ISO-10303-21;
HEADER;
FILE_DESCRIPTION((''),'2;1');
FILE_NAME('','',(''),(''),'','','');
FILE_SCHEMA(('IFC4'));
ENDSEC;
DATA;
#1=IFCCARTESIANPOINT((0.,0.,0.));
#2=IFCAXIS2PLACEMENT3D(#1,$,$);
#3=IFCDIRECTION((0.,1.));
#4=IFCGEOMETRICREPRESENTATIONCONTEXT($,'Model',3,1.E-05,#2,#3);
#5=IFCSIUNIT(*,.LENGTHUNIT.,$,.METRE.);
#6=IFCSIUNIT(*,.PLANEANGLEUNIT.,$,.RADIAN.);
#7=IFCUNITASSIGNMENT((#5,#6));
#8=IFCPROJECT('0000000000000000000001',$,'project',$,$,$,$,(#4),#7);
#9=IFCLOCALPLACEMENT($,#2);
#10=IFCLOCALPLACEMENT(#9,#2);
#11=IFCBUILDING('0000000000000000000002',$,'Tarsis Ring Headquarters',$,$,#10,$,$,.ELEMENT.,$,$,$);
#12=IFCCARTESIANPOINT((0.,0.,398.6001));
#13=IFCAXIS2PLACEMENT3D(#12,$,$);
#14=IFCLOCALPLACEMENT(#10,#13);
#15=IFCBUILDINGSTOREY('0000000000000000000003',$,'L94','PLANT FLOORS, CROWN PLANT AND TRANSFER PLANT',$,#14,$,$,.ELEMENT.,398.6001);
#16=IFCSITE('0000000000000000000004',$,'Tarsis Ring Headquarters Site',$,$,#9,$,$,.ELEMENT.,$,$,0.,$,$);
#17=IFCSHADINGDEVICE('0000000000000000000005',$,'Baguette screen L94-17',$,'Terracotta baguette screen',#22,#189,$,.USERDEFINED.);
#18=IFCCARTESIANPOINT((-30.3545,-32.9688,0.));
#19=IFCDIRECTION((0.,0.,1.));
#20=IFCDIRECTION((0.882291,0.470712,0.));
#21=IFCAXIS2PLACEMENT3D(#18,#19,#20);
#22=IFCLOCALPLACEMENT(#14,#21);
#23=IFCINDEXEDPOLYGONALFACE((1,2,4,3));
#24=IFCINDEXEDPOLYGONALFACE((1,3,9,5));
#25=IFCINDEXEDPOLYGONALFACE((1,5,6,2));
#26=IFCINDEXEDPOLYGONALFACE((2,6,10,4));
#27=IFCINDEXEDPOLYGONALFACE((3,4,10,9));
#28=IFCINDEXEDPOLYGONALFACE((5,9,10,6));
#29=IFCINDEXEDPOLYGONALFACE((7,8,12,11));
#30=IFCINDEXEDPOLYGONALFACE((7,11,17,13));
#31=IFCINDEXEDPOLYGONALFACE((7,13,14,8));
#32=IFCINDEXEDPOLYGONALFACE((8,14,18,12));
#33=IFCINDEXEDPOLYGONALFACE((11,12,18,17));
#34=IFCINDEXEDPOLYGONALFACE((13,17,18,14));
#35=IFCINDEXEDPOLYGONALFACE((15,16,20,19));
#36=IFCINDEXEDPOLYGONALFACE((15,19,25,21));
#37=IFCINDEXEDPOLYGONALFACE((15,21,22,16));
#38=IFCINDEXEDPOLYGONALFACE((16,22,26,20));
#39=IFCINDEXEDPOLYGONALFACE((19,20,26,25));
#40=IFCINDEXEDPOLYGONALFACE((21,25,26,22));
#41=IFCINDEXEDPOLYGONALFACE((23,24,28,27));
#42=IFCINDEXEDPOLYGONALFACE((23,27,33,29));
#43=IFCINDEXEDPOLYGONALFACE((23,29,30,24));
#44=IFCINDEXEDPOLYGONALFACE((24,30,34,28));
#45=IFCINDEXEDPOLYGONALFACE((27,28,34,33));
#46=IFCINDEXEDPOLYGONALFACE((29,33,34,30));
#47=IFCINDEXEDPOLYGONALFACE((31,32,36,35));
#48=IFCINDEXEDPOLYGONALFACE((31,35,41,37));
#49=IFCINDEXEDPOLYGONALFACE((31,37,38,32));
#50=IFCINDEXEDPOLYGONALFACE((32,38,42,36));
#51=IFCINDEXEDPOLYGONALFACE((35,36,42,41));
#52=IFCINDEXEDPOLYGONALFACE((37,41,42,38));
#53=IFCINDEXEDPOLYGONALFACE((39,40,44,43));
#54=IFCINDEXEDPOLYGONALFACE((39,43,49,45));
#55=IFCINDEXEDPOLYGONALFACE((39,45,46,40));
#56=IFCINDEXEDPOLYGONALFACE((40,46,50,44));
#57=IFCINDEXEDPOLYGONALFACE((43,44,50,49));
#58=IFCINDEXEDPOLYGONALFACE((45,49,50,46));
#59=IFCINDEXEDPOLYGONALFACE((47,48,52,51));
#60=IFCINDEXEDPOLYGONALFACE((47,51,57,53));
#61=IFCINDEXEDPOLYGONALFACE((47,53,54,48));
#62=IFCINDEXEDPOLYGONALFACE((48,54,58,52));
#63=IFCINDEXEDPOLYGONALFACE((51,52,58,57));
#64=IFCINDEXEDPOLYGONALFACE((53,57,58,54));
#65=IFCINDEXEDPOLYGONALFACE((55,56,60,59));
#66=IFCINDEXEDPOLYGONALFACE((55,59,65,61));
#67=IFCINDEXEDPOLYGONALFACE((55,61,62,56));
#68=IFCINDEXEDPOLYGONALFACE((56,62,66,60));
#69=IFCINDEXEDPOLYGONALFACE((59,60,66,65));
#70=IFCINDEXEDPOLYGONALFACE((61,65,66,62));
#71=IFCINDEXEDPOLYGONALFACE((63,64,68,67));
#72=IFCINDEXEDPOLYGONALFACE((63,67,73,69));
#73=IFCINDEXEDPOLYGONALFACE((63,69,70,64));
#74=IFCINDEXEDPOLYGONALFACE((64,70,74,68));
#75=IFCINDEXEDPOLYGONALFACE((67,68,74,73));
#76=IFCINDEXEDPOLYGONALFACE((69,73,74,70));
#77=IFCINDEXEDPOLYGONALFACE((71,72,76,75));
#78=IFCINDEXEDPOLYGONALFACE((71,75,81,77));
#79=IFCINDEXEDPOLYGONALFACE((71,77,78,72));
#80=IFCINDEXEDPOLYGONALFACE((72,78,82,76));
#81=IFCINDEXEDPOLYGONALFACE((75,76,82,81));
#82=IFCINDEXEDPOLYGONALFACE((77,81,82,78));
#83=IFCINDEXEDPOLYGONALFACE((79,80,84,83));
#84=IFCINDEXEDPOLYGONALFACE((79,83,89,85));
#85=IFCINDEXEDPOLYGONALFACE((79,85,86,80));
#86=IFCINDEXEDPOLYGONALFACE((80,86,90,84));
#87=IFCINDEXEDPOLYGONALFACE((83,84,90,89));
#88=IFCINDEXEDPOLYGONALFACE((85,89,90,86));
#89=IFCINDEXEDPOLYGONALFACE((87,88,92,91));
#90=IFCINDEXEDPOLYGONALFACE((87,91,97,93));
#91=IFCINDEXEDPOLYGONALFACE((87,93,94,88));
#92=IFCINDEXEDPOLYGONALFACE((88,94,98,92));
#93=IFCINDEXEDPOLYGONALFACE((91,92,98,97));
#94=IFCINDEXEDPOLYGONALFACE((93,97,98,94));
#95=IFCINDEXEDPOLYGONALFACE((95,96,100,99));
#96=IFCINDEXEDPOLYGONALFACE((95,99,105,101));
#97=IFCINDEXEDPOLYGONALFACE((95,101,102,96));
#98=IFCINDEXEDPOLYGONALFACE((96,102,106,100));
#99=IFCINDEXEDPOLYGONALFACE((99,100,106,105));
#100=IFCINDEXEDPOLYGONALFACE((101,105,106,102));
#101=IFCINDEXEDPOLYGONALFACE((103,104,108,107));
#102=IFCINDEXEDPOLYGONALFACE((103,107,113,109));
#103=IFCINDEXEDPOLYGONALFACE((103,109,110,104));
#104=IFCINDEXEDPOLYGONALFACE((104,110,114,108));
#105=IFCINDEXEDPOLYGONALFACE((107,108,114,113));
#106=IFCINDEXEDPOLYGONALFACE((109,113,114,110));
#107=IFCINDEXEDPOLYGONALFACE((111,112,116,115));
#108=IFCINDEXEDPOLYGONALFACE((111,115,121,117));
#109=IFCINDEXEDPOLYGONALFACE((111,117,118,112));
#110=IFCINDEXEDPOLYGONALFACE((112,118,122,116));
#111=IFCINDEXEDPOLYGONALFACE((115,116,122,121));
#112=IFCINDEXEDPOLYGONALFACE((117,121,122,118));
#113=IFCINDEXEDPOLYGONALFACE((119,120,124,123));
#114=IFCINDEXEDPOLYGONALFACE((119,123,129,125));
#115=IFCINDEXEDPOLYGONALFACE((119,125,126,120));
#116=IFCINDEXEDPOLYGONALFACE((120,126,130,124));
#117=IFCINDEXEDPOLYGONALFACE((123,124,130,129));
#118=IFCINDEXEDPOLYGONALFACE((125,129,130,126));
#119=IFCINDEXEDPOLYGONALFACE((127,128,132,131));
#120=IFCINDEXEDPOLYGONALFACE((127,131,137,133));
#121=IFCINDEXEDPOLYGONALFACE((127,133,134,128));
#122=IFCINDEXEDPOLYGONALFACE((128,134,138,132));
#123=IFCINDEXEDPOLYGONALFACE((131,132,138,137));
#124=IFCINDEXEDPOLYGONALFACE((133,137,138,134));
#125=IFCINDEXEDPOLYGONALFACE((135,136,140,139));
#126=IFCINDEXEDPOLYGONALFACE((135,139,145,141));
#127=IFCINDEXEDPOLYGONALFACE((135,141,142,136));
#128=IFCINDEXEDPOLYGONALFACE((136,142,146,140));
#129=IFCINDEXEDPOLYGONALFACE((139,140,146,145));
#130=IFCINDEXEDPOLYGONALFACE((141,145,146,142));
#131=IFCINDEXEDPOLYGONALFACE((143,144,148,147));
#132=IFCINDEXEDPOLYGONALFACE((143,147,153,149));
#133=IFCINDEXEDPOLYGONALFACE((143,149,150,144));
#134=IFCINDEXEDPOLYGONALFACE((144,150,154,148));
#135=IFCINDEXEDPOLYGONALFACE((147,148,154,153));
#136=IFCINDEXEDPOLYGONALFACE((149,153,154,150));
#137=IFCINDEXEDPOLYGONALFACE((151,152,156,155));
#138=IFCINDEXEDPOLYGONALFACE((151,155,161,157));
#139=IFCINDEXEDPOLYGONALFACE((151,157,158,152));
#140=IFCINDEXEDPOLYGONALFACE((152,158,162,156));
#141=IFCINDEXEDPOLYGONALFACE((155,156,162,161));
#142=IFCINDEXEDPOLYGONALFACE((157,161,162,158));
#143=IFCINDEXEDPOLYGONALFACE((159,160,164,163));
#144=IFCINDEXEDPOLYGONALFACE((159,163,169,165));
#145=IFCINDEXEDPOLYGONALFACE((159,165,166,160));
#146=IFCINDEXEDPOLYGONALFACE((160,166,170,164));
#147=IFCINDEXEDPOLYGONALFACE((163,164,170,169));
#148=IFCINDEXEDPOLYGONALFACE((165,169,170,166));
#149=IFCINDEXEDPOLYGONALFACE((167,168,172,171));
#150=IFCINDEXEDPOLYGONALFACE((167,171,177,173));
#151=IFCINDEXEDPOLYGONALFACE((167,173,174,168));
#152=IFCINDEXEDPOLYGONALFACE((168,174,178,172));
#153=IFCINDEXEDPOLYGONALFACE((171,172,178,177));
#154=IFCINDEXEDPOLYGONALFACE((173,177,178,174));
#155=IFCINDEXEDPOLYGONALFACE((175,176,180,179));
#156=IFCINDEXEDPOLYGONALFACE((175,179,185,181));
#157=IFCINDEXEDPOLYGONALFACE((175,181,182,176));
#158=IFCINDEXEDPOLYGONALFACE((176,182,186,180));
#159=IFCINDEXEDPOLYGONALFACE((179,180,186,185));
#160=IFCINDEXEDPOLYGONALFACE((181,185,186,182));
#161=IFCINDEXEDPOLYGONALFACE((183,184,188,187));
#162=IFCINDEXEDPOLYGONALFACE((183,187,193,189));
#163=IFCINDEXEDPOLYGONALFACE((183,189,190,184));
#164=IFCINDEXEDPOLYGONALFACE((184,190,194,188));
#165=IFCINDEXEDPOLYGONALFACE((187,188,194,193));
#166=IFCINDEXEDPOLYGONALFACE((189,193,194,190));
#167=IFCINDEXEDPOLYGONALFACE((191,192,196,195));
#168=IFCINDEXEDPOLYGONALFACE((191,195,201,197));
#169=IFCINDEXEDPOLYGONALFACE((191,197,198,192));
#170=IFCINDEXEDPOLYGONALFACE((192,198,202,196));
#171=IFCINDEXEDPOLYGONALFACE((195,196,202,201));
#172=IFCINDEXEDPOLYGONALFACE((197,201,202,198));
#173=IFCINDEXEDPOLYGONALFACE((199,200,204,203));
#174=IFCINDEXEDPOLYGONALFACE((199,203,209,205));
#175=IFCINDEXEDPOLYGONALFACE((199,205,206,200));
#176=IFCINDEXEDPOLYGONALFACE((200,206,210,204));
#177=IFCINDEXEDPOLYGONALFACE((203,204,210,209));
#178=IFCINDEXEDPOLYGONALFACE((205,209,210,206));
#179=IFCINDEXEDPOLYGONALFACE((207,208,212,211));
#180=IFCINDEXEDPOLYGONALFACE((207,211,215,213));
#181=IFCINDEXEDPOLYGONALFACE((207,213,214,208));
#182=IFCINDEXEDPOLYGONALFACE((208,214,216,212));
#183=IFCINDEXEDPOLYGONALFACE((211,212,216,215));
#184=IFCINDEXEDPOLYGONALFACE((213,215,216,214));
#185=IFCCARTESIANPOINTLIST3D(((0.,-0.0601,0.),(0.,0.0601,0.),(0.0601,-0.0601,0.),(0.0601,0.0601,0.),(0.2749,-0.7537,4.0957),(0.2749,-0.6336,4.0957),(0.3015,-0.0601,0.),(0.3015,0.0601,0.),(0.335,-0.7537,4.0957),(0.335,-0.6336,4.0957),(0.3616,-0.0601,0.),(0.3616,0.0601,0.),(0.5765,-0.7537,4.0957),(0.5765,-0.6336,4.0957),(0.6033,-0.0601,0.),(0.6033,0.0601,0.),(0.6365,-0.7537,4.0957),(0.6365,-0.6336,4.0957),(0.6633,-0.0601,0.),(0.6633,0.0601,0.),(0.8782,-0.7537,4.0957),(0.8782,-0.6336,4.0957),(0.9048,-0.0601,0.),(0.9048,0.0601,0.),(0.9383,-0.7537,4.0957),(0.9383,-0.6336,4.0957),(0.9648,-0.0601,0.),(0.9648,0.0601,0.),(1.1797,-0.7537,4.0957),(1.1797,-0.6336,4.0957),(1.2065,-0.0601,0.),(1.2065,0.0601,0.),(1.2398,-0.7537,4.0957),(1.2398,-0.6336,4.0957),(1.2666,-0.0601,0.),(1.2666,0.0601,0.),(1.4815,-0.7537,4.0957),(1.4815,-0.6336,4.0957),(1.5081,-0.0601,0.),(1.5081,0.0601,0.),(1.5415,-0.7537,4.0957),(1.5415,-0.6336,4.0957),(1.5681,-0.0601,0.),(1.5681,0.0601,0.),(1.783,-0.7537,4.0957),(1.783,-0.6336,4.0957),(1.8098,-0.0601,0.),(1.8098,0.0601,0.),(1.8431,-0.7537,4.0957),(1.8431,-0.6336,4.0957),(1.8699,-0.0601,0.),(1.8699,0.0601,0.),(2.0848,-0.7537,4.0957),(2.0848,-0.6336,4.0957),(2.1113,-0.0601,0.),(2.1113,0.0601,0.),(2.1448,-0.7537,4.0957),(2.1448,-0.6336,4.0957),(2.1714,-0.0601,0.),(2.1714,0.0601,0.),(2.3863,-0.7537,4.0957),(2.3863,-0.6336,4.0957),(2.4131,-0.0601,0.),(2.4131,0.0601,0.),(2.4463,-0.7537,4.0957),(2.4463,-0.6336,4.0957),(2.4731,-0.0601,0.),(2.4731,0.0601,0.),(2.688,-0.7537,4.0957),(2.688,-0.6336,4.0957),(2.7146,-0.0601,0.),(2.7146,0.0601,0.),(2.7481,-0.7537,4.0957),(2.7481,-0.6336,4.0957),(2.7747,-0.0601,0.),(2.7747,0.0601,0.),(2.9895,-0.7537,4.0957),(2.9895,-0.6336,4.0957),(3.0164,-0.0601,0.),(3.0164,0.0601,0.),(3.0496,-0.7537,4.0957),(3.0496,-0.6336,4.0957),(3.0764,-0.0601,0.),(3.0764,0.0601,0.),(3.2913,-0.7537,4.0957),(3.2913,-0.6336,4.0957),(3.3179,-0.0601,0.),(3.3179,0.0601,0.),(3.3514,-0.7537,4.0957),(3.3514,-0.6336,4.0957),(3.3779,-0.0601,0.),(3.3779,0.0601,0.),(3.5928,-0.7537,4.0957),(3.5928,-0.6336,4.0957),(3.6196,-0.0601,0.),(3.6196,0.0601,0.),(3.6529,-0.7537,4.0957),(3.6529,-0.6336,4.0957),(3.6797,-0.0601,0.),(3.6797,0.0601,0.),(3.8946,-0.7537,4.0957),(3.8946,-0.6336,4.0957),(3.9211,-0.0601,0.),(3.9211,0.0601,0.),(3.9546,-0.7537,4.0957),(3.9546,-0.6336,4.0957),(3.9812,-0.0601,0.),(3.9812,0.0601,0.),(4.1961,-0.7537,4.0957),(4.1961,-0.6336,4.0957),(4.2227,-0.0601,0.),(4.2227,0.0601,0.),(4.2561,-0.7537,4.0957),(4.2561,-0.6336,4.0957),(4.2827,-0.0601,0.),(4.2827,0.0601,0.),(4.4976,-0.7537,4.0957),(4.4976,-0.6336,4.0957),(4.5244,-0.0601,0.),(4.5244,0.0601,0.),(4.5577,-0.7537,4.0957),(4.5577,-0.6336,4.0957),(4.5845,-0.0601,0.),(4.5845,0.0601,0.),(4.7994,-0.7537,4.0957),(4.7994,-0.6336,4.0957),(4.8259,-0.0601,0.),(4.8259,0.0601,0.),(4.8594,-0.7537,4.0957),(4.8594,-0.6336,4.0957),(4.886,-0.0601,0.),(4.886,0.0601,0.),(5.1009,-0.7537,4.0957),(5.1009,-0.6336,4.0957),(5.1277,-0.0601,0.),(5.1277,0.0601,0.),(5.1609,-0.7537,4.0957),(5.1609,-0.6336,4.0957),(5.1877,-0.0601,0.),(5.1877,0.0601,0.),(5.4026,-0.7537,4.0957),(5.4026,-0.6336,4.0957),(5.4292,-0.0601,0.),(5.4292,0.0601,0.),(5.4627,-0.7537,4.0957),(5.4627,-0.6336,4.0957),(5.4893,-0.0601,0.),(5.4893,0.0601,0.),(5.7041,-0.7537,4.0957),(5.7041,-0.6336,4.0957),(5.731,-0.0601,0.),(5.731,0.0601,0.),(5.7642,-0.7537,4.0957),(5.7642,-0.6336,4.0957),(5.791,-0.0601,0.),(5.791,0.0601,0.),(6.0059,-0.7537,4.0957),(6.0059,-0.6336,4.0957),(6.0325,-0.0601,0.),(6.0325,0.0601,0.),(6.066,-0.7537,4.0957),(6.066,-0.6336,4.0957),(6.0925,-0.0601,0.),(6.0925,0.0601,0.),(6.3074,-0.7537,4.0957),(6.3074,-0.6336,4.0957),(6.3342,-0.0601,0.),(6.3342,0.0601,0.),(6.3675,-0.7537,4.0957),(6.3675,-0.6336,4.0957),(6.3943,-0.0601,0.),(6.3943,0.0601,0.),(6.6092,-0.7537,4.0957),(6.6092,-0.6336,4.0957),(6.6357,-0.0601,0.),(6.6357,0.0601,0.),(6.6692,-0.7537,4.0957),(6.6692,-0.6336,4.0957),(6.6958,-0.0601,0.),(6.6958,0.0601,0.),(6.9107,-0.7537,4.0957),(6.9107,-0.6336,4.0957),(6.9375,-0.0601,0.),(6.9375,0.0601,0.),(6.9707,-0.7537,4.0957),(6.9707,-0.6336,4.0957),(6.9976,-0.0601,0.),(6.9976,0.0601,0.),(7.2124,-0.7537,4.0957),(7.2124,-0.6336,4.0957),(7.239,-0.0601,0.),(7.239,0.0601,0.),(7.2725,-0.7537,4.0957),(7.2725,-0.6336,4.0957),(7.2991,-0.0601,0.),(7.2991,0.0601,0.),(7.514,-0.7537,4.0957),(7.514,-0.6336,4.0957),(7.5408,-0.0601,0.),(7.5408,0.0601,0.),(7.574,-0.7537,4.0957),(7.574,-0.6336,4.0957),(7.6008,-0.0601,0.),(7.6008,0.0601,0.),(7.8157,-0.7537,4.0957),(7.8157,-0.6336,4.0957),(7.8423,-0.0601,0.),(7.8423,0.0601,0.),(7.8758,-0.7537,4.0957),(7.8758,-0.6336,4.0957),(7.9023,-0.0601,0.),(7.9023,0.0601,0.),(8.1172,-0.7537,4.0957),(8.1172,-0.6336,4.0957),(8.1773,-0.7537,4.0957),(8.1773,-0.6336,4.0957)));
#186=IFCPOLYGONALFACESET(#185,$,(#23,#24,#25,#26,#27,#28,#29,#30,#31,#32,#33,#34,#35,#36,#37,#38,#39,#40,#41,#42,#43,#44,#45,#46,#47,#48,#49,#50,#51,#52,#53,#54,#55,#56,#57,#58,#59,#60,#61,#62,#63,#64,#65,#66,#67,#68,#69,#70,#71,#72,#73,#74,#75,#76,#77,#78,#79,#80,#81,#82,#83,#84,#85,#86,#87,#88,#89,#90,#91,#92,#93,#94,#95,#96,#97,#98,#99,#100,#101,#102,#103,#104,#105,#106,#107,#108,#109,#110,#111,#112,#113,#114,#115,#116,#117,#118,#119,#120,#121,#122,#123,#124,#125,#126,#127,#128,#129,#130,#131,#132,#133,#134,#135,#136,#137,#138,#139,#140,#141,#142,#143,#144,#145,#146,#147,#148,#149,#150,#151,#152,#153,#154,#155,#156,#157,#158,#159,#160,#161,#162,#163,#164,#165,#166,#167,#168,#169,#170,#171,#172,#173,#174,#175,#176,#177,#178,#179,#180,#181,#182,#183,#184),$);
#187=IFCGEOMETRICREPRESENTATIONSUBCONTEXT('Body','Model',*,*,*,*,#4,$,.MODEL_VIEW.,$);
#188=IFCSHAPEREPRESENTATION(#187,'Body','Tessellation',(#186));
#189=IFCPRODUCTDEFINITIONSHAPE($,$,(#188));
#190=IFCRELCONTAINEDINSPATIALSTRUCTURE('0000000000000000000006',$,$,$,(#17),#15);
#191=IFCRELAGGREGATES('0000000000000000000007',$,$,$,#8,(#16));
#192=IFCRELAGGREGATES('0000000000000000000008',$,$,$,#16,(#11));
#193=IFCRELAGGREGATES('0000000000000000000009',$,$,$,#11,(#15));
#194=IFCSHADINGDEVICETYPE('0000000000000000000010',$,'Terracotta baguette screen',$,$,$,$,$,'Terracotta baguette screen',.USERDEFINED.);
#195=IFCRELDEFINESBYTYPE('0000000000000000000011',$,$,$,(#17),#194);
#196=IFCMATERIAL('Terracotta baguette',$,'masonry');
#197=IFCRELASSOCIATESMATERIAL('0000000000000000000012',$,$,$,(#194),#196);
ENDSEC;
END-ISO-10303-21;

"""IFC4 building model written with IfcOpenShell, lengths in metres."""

from ifc_helpers import new_model, si_unit, direction, frame, frame_2d, origin, place, context, subcontext, project, spatial, rectangle, composite_profile, extrude, material, type_object, element, save


model = new_model("IFC4")

# Units and contexts
model_context = context("Model", 3, precision=1e-05, world=origin(), true_north=direction((0.0, 1.0)))
body_context = subcontext(model_context, "Body", "Model", "MODEL_VIEW")
ifc_project = project(units=[si_unit("LENGTHUNIT", "METRE"), si_unit("PLANEANGLEUNIT", "RADIAN")], contexts=[model_context])

# Site, building, storey
site_placement = place(None, origin())
site = spatial("IfcSite", under=ifc_project, at=site_placement, Name="Tarsis Ring Headquarters Site", CompositionType="ELEMENT", RefElevation=0.0)
building_placement = place(site_placement, origin())
building = spatial("IfcBuilding", under=site, at=building_placement, Name="Tarsis Ring Headquarters", CompositionType="ELEMENT")
storey_placement = place(building_placement, frame((0.0, 0.0, 398.6001)))
storey = spatial("IfcBuildingStorey", under=building, at=storey_placement, Name="L94", Description="PLANT FLOORS, CROWN PLANT AND TRANSFER PLANT", CompositionType="ELEMENT", Elevation=398.6001)

# Shading device
ifc_material_1 = material(Name="Terracotta baguette", Category="masonry")
shading_device_type_1 = type_object("IfcShadingDeviceType", Name="Terracotta baguette screen", ElementType="Terracotta baguette screen", PredefinedType="USERDEFINED", material=ifc_material_1)
shading_device_1_placement = place(storey_placement, frame((-30.3545, -32.9688, 0.0), z_axis=(0.0, 0.0, 1.0), x_axis=(0.882291, 0.470712, 0.0)))
element("IfcShadingDevice", 1, at=shading_device_1_placement, inside=storey, type_object=shading_device_type_1, Name="Baguette screen L94-17", ObjectType="Terracotta baguette screen", PredefinedType="USERDEFINED", context=body_context, shape_type="SweptSolid", body=[
    extrude(composite_profile([rectangle(XDim=0.0601, YDim=0.1201, at=frame_2d((0.03, 0.0))), rectangle(XDim=0.0601, YDim=0.1201, at=frame_2d((0.3315, 0.0))), rectangle(XDim=0.0601, YDim=0.1201, at=frame_2d((0.6333, 0.0))), rectangle(XDim=0.0601, YDim=0.1201, at=frame_2d((0.9348, 0.0))), rectangle(XDim=0.0601, YDim=0.1201, at=frame_2d((1.2366, 0.0))), rectangle(XDim=0.0601, YDim=0.1201, at=frame_2d((1.5381, 0.0))), rectangle(XDim=0.0601, YDim=0.1201, at=frame_2d((1.8398, 0.0))), rectangle(XDim=0.0601, YDim=0.1201, at=frame_2d((2.1414, 0.0))), rectangle(XDim=0.0601, YDim=0.1201, at=frame_2d((2.4431, 0.0))), rectangle(XDim=0.0601, YDim=0.1201, at=frame_2d((2.7446, 0.0))), rectangle(XDim=0.0601, YDim=0.1201, at=frame_2d((3.0464, 0.0))), rectangle(XDim=0.0601, YDim=0.1201, at=frame_2d((3.3479, 0.0))), rectangle(XDim=0.0601, YDim=0.1201, at=frame_2d((3.6497, 0.0))), rectangle(XDim=0.0601, YDim=0.1201, at=frame_2d((3.9512, 0.0))), rectangle(XDim=0.0601, YDim=0.1201, at=frame_2d((4.2527, 0.0))), rectangle(XDim=0.0601, YDim=0.1201, at=frame_2d((4.5544, 0.0))), rectangle(XDim=0.0601, YDim=0.1201, at=frame_2d((4.856, 0.0))), rectangle(XDim=0.0601, YDim=0.1201, at=frame_2d((5.1577, 0.0))), rectangle(XDim=0.0601, YDim=0.1201, at=frame_2d((5.4592, 0.0))), rectangle(XDim=0.0601, YDim=0.1201, at=frame_2d((5.761, 0.0))), rectangle(XDim=0.0601, YDim=0.1201, at=frame_2d((6.0625, 0.0))), rectangle(XDim=0.0601, YDim=0.1201, at=frame_2d((6.3643, 0.0))), rectangle(XDim=0.0601, YDim=0.1201, at=frame_2d((6.6658, 0.0))), rectangle(XDim=0.0601, YDim=0.1201, at=frame_2d((6.9675, 0.0))), rectangle(XDim=0.0601, YDim=0.1201, at=frame_2d((7.269, 0.0))), rectangle(XDim=0.0601, YDim=0.1201, at=frame_2d((7.5708, 0.0))), rectangle(XDim=0.0601, YDim=0.1201, at=frame_2d((7.8723, 0.0)))]), origin(), (0.066042, -0.16661, 0.983809), 4.1631),
])

save(model, "model.ifc")
